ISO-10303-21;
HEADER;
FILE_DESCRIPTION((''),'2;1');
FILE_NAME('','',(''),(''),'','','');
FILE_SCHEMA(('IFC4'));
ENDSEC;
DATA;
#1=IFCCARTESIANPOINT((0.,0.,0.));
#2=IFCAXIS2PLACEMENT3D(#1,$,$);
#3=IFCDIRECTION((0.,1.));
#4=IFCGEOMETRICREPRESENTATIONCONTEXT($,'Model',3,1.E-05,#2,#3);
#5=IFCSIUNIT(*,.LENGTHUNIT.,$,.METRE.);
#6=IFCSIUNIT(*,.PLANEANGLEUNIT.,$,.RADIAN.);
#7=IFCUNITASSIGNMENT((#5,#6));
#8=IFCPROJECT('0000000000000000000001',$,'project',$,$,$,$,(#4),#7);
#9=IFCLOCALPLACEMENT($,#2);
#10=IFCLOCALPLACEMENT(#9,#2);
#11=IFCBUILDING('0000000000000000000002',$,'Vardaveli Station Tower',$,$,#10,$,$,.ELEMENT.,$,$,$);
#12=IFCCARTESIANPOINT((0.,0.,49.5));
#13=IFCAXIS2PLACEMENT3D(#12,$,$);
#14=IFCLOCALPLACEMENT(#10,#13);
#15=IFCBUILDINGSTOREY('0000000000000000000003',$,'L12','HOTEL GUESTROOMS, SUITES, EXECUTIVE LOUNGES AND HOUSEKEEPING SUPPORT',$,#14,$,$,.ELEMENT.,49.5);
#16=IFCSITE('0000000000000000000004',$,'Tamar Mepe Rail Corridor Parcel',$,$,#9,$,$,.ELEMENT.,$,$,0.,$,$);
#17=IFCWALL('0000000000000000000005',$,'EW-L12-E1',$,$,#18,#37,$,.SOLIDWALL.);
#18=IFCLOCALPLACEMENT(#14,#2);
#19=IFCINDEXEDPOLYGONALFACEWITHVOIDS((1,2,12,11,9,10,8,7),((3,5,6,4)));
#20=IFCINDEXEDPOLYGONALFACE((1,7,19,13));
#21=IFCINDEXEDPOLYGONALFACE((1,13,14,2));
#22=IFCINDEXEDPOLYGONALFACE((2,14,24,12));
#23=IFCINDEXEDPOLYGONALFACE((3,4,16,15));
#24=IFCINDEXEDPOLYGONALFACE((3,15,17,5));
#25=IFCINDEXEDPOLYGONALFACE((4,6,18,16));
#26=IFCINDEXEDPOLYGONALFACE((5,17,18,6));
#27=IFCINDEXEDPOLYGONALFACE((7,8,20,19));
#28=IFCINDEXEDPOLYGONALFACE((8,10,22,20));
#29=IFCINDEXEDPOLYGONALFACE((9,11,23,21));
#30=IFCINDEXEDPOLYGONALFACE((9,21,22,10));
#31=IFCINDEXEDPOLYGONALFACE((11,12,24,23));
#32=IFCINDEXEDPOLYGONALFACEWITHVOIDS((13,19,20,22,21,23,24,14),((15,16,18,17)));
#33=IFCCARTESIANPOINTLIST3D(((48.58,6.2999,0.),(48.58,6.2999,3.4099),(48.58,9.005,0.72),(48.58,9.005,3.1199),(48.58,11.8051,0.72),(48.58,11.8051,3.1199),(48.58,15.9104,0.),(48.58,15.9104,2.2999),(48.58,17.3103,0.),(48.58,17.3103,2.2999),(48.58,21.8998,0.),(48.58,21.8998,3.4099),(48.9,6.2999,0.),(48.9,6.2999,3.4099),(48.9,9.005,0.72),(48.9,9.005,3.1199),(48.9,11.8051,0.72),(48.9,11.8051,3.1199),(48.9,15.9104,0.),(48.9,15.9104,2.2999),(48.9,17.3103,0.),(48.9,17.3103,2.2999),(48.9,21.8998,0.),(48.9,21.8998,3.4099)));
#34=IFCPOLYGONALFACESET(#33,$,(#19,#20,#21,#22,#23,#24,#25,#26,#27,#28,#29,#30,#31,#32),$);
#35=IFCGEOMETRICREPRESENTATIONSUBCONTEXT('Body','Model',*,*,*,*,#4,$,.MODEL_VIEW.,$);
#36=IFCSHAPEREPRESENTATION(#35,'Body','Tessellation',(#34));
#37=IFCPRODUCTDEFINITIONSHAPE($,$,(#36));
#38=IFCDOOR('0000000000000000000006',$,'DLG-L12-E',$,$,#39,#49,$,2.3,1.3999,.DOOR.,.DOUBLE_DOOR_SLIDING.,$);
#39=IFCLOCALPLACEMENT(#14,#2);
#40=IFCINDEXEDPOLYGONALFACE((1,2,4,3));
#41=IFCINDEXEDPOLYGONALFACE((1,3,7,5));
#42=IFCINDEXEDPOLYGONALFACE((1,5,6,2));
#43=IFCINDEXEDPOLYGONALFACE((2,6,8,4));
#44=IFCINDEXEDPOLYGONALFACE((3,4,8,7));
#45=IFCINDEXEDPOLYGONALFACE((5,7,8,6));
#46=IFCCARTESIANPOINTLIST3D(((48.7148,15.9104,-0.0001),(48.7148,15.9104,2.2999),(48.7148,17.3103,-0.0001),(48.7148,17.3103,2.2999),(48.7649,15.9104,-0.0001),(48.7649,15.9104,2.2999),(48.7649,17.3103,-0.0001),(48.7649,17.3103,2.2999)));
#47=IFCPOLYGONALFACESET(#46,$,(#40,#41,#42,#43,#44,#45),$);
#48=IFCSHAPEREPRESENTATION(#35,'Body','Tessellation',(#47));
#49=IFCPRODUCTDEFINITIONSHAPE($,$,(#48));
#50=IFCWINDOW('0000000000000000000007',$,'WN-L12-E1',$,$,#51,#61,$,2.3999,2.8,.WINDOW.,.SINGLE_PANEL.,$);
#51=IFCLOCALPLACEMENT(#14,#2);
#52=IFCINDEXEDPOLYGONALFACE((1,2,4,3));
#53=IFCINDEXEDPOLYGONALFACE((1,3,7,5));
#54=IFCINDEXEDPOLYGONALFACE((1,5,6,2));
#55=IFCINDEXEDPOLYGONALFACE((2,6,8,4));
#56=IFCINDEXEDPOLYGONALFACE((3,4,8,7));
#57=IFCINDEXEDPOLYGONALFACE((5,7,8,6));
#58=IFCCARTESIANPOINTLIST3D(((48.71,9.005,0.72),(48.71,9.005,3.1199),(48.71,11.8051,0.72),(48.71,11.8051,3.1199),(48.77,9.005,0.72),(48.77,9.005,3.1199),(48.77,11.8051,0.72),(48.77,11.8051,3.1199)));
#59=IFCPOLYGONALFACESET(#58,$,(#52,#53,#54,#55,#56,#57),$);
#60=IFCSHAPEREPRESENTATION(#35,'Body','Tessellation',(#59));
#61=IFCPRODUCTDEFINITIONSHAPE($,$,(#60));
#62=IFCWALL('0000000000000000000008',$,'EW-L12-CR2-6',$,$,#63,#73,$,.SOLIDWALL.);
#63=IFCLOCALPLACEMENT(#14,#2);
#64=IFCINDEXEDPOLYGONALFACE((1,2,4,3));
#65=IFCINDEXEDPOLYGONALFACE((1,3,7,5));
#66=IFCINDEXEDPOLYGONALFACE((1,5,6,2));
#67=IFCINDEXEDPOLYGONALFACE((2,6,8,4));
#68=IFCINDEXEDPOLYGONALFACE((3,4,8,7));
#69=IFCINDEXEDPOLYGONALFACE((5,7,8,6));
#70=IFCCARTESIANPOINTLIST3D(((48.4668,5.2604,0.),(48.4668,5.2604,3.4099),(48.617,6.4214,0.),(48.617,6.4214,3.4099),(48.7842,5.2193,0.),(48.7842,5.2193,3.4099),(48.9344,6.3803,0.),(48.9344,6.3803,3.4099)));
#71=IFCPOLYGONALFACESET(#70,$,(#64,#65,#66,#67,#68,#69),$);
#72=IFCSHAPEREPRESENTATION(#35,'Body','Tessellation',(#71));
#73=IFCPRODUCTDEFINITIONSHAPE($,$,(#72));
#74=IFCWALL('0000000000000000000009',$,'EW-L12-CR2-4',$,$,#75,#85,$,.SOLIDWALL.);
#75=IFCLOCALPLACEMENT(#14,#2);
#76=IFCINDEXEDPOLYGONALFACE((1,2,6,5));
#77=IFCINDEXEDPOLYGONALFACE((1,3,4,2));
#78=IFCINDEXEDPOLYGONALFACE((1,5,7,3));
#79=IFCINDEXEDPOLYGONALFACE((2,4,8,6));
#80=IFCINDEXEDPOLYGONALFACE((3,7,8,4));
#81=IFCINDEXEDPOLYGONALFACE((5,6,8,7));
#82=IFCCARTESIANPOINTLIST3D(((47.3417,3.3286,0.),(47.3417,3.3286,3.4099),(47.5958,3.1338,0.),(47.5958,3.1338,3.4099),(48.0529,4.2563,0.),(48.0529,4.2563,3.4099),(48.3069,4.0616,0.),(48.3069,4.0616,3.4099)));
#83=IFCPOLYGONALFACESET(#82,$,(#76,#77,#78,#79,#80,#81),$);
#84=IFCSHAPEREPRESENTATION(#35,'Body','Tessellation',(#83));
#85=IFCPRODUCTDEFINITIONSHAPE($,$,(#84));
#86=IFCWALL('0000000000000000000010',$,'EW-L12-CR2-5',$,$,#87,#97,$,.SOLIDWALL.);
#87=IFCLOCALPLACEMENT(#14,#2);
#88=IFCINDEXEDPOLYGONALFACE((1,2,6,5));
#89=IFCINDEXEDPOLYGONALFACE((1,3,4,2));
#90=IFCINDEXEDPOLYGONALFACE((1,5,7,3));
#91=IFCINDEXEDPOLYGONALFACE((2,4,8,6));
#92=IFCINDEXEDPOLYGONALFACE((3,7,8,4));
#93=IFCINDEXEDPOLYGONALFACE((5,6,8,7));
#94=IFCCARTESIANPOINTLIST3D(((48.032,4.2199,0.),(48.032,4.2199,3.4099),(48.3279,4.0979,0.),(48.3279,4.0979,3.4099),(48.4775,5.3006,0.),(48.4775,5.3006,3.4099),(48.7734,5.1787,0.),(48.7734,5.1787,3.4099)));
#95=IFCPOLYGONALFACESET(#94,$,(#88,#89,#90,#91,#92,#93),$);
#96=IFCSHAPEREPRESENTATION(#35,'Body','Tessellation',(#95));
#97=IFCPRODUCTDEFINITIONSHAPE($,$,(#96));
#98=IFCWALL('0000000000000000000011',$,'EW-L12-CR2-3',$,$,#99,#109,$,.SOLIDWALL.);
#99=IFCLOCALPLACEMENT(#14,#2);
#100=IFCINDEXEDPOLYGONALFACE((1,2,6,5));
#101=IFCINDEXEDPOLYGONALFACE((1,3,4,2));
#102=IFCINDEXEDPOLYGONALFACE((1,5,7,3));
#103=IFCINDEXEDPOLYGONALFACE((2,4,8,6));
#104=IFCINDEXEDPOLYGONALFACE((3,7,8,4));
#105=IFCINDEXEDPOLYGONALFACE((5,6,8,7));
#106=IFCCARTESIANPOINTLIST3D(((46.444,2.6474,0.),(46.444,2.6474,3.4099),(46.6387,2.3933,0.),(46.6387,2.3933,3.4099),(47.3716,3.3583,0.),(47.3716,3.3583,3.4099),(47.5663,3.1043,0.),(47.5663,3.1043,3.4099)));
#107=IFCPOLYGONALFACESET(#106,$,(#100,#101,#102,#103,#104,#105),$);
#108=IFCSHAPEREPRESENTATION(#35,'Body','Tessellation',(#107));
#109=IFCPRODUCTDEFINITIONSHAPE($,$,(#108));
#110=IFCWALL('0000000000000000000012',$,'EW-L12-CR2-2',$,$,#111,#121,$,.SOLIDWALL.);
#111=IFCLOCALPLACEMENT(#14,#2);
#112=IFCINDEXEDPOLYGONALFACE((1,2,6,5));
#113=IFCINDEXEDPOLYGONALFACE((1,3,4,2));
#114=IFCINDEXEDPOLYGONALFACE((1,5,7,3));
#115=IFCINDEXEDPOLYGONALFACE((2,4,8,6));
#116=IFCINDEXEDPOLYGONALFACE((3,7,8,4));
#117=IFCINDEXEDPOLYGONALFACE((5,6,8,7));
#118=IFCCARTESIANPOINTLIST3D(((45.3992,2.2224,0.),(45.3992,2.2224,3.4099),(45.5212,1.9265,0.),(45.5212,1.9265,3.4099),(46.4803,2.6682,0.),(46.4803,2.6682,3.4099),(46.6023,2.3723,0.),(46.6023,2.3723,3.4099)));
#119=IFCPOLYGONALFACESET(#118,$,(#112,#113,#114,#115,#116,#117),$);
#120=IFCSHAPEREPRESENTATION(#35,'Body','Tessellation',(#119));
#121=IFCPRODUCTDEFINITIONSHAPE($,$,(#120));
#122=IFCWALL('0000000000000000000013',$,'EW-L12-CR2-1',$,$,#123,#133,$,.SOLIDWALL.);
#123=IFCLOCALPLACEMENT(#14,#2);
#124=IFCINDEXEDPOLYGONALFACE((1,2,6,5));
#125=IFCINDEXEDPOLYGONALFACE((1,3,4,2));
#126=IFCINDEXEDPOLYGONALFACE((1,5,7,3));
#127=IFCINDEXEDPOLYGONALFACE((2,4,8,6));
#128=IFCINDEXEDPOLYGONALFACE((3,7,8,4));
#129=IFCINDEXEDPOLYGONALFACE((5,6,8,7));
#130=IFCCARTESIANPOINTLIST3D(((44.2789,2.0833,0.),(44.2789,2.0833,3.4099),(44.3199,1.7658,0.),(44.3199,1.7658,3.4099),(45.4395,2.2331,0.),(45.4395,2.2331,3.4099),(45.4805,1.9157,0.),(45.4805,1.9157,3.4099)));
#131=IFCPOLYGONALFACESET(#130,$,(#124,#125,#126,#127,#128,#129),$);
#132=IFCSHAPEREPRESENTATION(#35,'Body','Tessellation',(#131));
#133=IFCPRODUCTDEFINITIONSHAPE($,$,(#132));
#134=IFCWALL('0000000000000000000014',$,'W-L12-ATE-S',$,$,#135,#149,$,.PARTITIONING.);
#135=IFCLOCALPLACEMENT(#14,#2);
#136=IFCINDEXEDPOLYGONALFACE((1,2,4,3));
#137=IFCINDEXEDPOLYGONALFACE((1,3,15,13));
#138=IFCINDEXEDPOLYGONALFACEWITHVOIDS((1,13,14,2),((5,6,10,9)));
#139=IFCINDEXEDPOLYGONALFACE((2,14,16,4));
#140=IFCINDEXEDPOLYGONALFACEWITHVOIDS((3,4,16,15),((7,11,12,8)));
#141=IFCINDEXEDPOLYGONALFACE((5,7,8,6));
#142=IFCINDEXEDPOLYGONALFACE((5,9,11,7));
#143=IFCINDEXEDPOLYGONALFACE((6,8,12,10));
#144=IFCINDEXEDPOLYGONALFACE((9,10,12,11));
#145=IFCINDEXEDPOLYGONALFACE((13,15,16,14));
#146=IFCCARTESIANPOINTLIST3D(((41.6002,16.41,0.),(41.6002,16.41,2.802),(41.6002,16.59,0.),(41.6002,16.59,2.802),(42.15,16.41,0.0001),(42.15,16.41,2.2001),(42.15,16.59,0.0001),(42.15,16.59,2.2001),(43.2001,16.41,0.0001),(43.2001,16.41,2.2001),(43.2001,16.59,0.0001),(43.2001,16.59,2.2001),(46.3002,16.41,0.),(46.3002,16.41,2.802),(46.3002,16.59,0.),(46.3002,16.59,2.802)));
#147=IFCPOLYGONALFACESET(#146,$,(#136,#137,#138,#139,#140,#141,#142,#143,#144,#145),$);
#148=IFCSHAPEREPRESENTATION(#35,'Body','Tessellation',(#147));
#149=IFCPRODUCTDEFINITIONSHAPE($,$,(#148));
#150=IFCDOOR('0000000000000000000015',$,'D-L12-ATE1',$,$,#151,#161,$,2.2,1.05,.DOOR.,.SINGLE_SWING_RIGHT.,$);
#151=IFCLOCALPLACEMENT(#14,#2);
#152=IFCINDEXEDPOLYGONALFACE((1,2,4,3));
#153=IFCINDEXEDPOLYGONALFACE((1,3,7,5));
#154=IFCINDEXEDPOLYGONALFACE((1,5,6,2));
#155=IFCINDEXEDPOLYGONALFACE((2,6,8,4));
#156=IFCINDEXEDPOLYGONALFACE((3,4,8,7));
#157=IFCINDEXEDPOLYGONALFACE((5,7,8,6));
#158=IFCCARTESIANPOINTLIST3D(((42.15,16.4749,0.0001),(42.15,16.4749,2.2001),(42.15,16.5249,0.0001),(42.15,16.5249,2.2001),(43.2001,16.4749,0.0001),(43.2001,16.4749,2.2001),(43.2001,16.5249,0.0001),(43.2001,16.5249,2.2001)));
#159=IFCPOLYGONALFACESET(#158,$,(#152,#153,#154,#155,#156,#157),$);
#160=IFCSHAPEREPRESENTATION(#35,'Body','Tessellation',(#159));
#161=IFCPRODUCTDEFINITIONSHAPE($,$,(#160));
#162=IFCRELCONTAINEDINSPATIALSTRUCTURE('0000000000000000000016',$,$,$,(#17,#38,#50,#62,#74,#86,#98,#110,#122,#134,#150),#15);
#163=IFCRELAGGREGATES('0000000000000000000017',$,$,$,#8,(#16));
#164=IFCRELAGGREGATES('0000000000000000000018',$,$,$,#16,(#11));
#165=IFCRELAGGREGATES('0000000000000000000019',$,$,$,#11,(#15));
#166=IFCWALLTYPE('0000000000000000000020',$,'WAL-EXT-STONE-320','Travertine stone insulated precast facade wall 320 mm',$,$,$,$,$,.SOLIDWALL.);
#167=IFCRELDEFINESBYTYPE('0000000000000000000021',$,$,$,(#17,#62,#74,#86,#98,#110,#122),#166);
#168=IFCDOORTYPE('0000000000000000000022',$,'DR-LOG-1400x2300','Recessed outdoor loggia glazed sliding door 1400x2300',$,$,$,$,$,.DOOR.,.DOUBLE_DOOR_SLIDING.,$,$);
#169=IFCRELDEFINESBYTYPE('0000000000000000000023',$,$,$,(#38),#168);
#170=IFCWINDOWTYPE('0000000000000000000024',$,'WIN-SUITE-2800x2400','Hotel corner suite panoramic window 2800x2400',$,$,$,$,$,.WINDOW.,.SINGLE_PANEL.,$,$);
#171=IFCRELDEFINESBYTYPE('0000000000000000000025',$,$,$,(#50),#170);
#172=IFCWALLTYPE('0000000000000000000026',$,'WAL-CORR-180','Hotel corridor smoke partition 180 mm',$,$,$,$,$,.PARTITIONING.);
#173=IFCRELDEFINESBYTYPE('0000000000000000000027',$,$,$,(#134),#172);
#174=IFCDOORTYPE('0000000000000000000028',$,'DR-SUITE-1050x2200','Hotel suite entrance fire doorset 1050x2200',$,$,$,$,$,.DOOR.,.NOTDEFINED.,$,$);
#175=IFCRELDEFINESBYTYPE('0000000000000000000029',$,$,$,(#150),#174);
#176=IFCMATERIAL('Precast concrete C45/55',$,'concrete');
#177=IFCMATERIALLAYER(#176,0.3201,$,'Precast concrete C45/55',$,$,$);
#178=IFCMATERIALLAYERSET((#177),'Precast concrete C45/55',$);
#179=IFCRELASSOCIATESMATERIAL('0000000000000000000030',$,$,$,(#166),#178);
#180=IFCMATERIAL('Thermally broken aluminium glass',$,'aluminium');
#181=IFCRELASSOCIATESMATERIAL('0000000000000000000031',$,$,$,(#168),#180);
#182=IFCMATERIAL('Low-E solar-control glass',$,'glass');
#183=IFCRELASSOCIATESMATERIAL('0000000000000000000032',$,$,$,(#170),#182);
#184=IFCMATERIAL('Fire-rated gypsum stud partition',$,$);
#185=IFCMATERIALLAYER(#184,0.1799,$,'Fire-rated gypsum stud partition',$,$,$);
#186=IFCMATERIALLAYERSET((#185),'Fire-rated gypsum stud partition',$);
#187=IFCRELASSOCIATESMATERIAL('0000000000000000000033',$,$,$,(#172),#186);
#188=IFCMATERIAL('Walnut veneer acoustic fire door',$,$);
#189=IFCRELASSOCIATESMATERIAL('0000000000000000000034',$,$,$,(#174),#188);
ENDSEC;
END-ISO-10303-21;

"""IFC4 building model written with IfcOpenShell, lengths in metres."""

from ifc_helpers import new_model, si_unit, direction, frame, frame_2d, origin, place, context, subcontext, project, spatial, rectangle, extrude, source, transform, mapped, material, layer, layer_set, type_object, element, fill, save


model = new_model("IFC4")

# Units and contexts
model_context = context("Model", 3, precision=1e-05, world=origin(), true_north=direction((0.0, 1.0)))
body_context = subcontext(model_context, "Body", "Model", "MODEL_VIEW")
ifc_project = project(units=[si_unit("LENGTHUNIT", "METRE"), si_unit("PLANEANGLEUNIT", "RADIAN")], contexts=[model_context])

# Site, building, storey
site_placement = place(None, origin())
site = spatial("IfcSite", under=ifc_project, at=site_placement, Name="Tamar Mepe Rail Corridor Parcel", CompositionType="ELEMENT", RefElevation=0.0)
building_placement = place(site_placement, origin())
building = spatial("IfcBuilding", under=site, at=building_placement, Name="Vardaveli Station Tower", CompositionType="ELEMENT")
storey_placement = place(building_placement, frame((0.0, 0.0, 49.5)))
storey = spatial("IfcBuildingStorey", under=building, at=storey_placement, Name="L12", Description="HOTEL GUESTROOMS, SUITES, EXECUTIVE LOUNGES AND HOUSEKEEPING SUPPORT", CompositionType="ELEMENT", Elevation=49.5)

# Shared definitions
ifc_material_1 = material(Name="Precast concrete C45/55", Category="concrete")

# Wall, openings, door, window
ifc_layer_1 = layer(ifc_material_1, 0.3201, Name="Precast concrete C45/55")
ifc_layer_set_1 = layer_set([ifc_layer_1], Name="Precast concrete C45/55")
wall_type_1 = type_object("IfcWallType", Name="WAL-EXT-STONE-320", Description="Travertine stone insulated precast facade wall 320 mm", PredefinedType="SOLIDWALL", material=ifc_layer_set_1)
shared_shape_1 = source(origin(), body_context, "Body", "SweptSolid", [
    extrude(rectangle(XDim=15.5999, YDim=0.3201, at=frame_2d((7.7998, 0.0))), origin(), (0.0, 0.0, 1.0), 3.4099),
])
wall_1_placement = place(storey_placement, frame((48.74, 6.3, 0.0), z_axis=(0.0, 0.0, 1.0), x_axis=(0.0, 1.0, 0.0)))
wall_1 = element("IfcWall", 1, at=wall_1_placement, inside=storey, type_object=wall_type_1, Name="EW-L12-E1", PredefinedType="SOLIDWALL", context=body_context, shape_type="MappedRepresentation", body=[
    mapped(shared_shape_1, transform((0.0, 0.0, 0.0), scale=1.0)),
])
shared_shape_2 = source(origin(), body_context, "Body", "SweptSolid", [
    extrude(rectangle(XDim=1.3999, YDim=2.3, at=frame_2d((0.7, 1.1499))), frame((0.0, 0.1699, 0.0), z_axis=(0.0, -1.0, 0.0), x_axis=(1.0, 0.0, 0.0)), (0.0, 0.0, 1.0), 0.3401),
])
opening_1_placement = place(wall_1_placement, frame((9.6104, 0.0, 0.0)))
opening_1 = element("IfcOpeningElement", 2, at=opening_1_placement, cuts=wall_1, PredefinedType="OPENING", context=body_context, shape_type="MappedRepresentation", body=[
    mapped(shared_shape_2, transform((0.0, 0.0, 0.0), scale=1.0)),
])
shared_shape_3 = source(origin(), body_context, "Body", "SweptSolid", [
    extrude(rectangle(XDim=2.8, YDim=2.3999, at=frame_2d((1.3999, 1.2))), frame((0.0, 0.1699, 0.0), z_axis=(0.0, -1.0, 0.0), x_axis=(1.0, 0.0, 0.0)), (0.0, 0.0, 1.0), 0.3401),
])
opening_2_placement = place(wall_1_placement, frame((2.7051, 0.0, 0.72)))
opening_2 = element("IfcOpeningElement", 3, at=opening_2_placement, cuts=wall_1, PredefinedType="OPENING", context=body_context, shape_type="MappedRepresentation", body=[
    mapped(shared_shape_3, transform((0.0, 0.0, 0.0), scale=1.0)),
])
ifc_material_2 = material(Name="Thermally broken aluminium glass", Category="aluminium")
door_type_1 = type_object("IfcDoorType", Name="DR-LOG-1400x2300", Description="Recessed outdoor loggia glazed sliding door 1400x2300", OperationType="DOUBLE_DOOR_SLIDING", PredefinedType="DOOR", material=ifc_material_2)
shared_shape_4 = source(origin(), body_context, "Body", "SweptSolid", [
    extrude(rectangle(XDim=1.3999, YDim=2.3, at=frame_2d((0.7, 1.1499))), frame((0.0, 0.0249, 0.0), z_axis=(0.0, -1.0, 0.0), x_axis=(1.0, 0.0, 0.0)), (0.0, 0.0, 1.0), 0.05),
])
door_1_placement = place(opening_1_placement, frame((1.3999, 0.0, 0.0), z_axis=(0.0, 0.0, 1.0), x_axis=(-1.0, 0.0, 0.0)))
door_1 = element("IfcDoor", 4, at=door_1_placement, inside=storey, type_object=door_type_1, Name="DLG-L12-E", OperationType="DOUBLE_DOOR_SLIDING", OverallHeight=2.3, OverallWidth=1.3999, PredefinedType="DOOR", context=body_context, shape_type="MappedRepresentation", body=[
    mapped(shared_shape_4, transform((0.0, 0.0, 0.0), scale=1.0)),
])
fill(opening_1, door_1)
ifc_material_3 = material(Name="Low-E solar-control glass", Category="glass")
window_type = type_object("IfcWindowType", Name="WIN-SUITE-2800x2400", Description="Hotel corner suite panoramic window 2800x2400", PartitioningType="SINGLE_PANEL", PredefinedType="WINDOW", material=ifc_material_3)
shared_shape_5 = source(origin(), body_context, "Body", "SweptSolid", [
    extrude(rectangle(XDim=2.8, YDim=2.3999, at=frame_2d((1.3999, 1.2))), frame((0.0, 0.03, 0.0), z_axis=(0.0, -1.0, 0.0), x_axis=(1.0, 0.0, 0.0)), (0.0, 0.0, 1.0), 0.0601),
])
window_placement = place(opening_2_placement, origin())
window = element("IfcWindow", 5, at=window_placement, inside=storey, type_object=window_type, Name="WN-L12-E1", OverallHeight=2.3999, OverallWidth=2.8, PartitioningType="SINGLE_PANEL", PredefinedType="WINDOW", context=body_context, shape_type="MappedRepresentation", body=[
    mapped(shared_shape_5, transform((0.0, 0.0, 0.0), scale=1.0)),
])
fill(opening_2, window)

# Walls
shared_shape_6 = source(origin(), body_context, "Body", "SweptSolid", [
    extrude(rectangle(XDim=1.1707, YDim=0.3201, at=frame_2d((0.5854, 0.0))), origin(), (0.0, 0.0, 1.0), 3.4099),
])
wall_2_placement = place(storey_placement, frame((48.6255, 5.2397, 0.0), z_axis=(0.0, 0.0, 1.0), x_axis=(0.128269, 0.991739, 0.0)))
element("IfcWall", 6, at=wall_2_placement, inside=storey, type_object=wall_type_1, Name="EW-L12-CR2-6", PredefinedType="SOLIDWALL", context=body_context, shape_type="MappedRepresentation", body=[
    mapped(shared_shape_6, transform((0.0, 0.0, 0.0), scale=1.0)),
])
shared_shape_7 = source(origin(), body_context, "Body", "SweptSolid", [
    extrude(rectangle(XDim=1.1689, YDim=0.3201, at=frame_2d((0.5845, 0.0))), origin(), (0.0, 0.0, 1.0), 3.4099),
])
for number, where, z_axis, x_axis, name in (
    (7, (47.4688, 3.2312, 0.0), (0.0, 0.0, 1.0), (0.608388, 0.79364, 0.0), "EW-L12-CR2-4"),
    (8, (48.1799, 4.1589, 0.0), (0.0, 0.0, 1.0), (0.381128, 0.924522, 0.0), "EW-L12-CR2-5"),
):
    element("IfcWall", number, at=place(storey_placement, frame(where, z_axis=z_axis, x_axis=x_axis)), inside=storey, type_object=wall_type_1, Name=name, PredefinedType="SOLIDWALL", context=body_context, shape_type="MappedRepresentation", body=[
        mapped(shared_shape_7, transform((0.0, 0.0, 0.0), scale=1.0)),
    ])
shared_shape_8 = source(origin(), body_context, "Body", "SweptSolid", [
    extrude(rectangle(XDim=1.1687, YDim=0.3201, at=frame_2d((0.5845, 0.0))), origin(), (0.0, 0.0, 1.0), 3.4099),
])
wall_3_placement = place(storey_placement, frame((46.5413, 2.5203, 0.0), z_axis=(0.0, 0.0, 1.0), x_axis=(0.793664, 0.608357, 0.0)))
element("IfcWall", 9, at=wall_3_placement, inside=storey, type_object=wall_type_1, Name="EW-L12-CR2-3", PredefinedType="SOLIDWALL", context=body_context, shape_type="MappedRepresentation", body=[
    mapped(shared_shape_8, transform((0.0, 0.0, 0.0), scale=1.0)),
])
shared_shape_9 = source(origin(), body_context, "Body", "SweptSolid", [
    extrude(rectangle(XDim=1.1694, YDim=0.3201, at=frame_2d((0.5847, 0.0))), origin(), (0.0, 0.0, 1.0), 3.4099),
])
wall_4_placement = place(storey_placement, frame((45.4602, 2.0745, 0.0), z_axis=(0.0, 0.0, 1.0), x_axis=(0.924479, 0.381233, 0.0)))
element("IfcWall", 10, at=wall_4_placement, inside=storey, type_object=wall_type_1, Name="EW-L12-CR2-2", PredefinedType="SOLIDWALL", context=body_context, shape_type="MappedRepresentation", body=[
    mapped(shared_shape_9, transform((0.0, 0.0, 0.0), scale=1.0)),
])
shared_shape_10 = source(origin(), body_context, "Body", "SweptSolid", [
    extrude(rectangle(XDim=1.1702, YDim=0.3201, at=frame_2d((0.585, 0.0))), origin(), (0.0, 0.0, 1.0), 3.4099),
])
wall_5_placement = place(storey_placement, frame((44.2996, 1.9246, 0.0), z_axis=(0.0, 0.0, 1.0), x_axis=(0.991762, 0.12809, 0.0)))
element("IfcWall", 11, at=wall_5_placement, inside=storey, type_object=wall_type_1, Name="EW-L12-CR2-1", PredefinedType="SOLIDWALL", context=body_context, shape_type="MappedRepresentation", body=[
    mapped(shared_shape_10, transform((0.0, 0.0, 0.0), scale=1.0)),
])

# Wall, opening, door
ifc_material_4 = material(Name="Fire-rated gypsum stud partition")
ifc_layer_2 = layer(ifc_material_4, 0.1799, Name="Fire-rated gypsum stud partition")
ifc_layer_set_2 = layer_set([ifc_layer_2], Name="Fire-rated gypsum stud partition")
wall_type_2 = type_object("IfcWallType", Name="WAL-CORR-180", Description="Hotel corridor smoke partition 180 mm", PredefinedType="PARTITIONING", material=ifc_layer_set_2)
shared_shape_11 = source(origin(), body_context, "Body", "SweptSolid", [
    extrude(rectangle(XDim=4.7, YDim=0.1799, at=frame_2d((2.3501, 0.0))), origin(), (0.0, 0.0, 1.0), 2.802),
])
wall_6_placement = place(storey_placement, frame((41.6001, 16.5, 0.0), z_axis=(0.0, 0.0, 1.0), x_axis=(1.0, 0.0, 0.0)))
wall_6 = element("IfcWall", 12, at=wall_6_placement, inside=storey, type_object=wall_type_2, Name="W-L12-ATE-S", PredefinedType="PARTITIONING", context=body_context, shape_type="MappedRepresentation", body=[
    mapped(shared_shape_11, transform((0.0, 0.0, 0.0), scale=1.0)),
])
shared_shape_12 = source(origin(), body_context, "Body", "SweptSolid", [
    extrude(rectangle(XDim=1.05, YDim=2.2, at=frame_2d((0.5249, 1.1001))), frame((0.0, 0.1001, 0.0), z_axis=(0.0, -1.0, 0.0), x_axis=(1.0, 0.0, 0.0)), (0.0, 0.0, 1.0), 0.2),
])
opening_3_placement = place(wall_6_placement, frame((0.55, 0.0, 0.0)))
opening_3 = element("IfcOpeningElement", 13, at=opening_3_placement, cuts=wall_6, PredefinedType="OPENING", context=body_context, shape_type="MappedRepresentation", body=[
    mapped(shared_shape_12, transform((0.0, 0.0, 0.0), scale=1.0)),
])
ifc_material_5 = material(Name="Walnut veneer acoustic fire door")
door_type_2 = type_object("IfcDoorType", Name="DR-SUITE-1050x2200", Description="Hotel suite entrance fire doorset 1050x2200", OperationType="NOTDEFINED", PredefinedType="DOOR", material=ifc_material_5)
shared_shape_13 = source(origin(), body_context, "Body", "SweptSolid", [
    extrude(rectangle(XDim=1.05, YDim=2.2, at=frame_2d((0.5249, 1.1001))), frame((0.0, 0.0249, 0.0), z_axis=(0.0, -1.0, 0.0), x_axis=(1.0, 0.0, 0.0)), (0.0, 0.0, 1.0), 0.05),
])
door_2_placement = place(opening_3_placement, origin())
door_2 = element("IfcDoor", 14, at=door_2_placement, inside=storey, type_object=door_type_2, Name="D-L12-ATE1", OperationType="SINGLE_SWING_RIGHT", OverallHeight=2.2, OverallWidth=1.05, PredefinedType="DOOR", context=body_context, shape_type="MappedRepresentation", body=[
    mapped(shared_shape_13, transform((0.0, 0.0, 0.0), scale=1.0)),
])
fill(opening_3, door_2)

save(model, "model.ifc")
